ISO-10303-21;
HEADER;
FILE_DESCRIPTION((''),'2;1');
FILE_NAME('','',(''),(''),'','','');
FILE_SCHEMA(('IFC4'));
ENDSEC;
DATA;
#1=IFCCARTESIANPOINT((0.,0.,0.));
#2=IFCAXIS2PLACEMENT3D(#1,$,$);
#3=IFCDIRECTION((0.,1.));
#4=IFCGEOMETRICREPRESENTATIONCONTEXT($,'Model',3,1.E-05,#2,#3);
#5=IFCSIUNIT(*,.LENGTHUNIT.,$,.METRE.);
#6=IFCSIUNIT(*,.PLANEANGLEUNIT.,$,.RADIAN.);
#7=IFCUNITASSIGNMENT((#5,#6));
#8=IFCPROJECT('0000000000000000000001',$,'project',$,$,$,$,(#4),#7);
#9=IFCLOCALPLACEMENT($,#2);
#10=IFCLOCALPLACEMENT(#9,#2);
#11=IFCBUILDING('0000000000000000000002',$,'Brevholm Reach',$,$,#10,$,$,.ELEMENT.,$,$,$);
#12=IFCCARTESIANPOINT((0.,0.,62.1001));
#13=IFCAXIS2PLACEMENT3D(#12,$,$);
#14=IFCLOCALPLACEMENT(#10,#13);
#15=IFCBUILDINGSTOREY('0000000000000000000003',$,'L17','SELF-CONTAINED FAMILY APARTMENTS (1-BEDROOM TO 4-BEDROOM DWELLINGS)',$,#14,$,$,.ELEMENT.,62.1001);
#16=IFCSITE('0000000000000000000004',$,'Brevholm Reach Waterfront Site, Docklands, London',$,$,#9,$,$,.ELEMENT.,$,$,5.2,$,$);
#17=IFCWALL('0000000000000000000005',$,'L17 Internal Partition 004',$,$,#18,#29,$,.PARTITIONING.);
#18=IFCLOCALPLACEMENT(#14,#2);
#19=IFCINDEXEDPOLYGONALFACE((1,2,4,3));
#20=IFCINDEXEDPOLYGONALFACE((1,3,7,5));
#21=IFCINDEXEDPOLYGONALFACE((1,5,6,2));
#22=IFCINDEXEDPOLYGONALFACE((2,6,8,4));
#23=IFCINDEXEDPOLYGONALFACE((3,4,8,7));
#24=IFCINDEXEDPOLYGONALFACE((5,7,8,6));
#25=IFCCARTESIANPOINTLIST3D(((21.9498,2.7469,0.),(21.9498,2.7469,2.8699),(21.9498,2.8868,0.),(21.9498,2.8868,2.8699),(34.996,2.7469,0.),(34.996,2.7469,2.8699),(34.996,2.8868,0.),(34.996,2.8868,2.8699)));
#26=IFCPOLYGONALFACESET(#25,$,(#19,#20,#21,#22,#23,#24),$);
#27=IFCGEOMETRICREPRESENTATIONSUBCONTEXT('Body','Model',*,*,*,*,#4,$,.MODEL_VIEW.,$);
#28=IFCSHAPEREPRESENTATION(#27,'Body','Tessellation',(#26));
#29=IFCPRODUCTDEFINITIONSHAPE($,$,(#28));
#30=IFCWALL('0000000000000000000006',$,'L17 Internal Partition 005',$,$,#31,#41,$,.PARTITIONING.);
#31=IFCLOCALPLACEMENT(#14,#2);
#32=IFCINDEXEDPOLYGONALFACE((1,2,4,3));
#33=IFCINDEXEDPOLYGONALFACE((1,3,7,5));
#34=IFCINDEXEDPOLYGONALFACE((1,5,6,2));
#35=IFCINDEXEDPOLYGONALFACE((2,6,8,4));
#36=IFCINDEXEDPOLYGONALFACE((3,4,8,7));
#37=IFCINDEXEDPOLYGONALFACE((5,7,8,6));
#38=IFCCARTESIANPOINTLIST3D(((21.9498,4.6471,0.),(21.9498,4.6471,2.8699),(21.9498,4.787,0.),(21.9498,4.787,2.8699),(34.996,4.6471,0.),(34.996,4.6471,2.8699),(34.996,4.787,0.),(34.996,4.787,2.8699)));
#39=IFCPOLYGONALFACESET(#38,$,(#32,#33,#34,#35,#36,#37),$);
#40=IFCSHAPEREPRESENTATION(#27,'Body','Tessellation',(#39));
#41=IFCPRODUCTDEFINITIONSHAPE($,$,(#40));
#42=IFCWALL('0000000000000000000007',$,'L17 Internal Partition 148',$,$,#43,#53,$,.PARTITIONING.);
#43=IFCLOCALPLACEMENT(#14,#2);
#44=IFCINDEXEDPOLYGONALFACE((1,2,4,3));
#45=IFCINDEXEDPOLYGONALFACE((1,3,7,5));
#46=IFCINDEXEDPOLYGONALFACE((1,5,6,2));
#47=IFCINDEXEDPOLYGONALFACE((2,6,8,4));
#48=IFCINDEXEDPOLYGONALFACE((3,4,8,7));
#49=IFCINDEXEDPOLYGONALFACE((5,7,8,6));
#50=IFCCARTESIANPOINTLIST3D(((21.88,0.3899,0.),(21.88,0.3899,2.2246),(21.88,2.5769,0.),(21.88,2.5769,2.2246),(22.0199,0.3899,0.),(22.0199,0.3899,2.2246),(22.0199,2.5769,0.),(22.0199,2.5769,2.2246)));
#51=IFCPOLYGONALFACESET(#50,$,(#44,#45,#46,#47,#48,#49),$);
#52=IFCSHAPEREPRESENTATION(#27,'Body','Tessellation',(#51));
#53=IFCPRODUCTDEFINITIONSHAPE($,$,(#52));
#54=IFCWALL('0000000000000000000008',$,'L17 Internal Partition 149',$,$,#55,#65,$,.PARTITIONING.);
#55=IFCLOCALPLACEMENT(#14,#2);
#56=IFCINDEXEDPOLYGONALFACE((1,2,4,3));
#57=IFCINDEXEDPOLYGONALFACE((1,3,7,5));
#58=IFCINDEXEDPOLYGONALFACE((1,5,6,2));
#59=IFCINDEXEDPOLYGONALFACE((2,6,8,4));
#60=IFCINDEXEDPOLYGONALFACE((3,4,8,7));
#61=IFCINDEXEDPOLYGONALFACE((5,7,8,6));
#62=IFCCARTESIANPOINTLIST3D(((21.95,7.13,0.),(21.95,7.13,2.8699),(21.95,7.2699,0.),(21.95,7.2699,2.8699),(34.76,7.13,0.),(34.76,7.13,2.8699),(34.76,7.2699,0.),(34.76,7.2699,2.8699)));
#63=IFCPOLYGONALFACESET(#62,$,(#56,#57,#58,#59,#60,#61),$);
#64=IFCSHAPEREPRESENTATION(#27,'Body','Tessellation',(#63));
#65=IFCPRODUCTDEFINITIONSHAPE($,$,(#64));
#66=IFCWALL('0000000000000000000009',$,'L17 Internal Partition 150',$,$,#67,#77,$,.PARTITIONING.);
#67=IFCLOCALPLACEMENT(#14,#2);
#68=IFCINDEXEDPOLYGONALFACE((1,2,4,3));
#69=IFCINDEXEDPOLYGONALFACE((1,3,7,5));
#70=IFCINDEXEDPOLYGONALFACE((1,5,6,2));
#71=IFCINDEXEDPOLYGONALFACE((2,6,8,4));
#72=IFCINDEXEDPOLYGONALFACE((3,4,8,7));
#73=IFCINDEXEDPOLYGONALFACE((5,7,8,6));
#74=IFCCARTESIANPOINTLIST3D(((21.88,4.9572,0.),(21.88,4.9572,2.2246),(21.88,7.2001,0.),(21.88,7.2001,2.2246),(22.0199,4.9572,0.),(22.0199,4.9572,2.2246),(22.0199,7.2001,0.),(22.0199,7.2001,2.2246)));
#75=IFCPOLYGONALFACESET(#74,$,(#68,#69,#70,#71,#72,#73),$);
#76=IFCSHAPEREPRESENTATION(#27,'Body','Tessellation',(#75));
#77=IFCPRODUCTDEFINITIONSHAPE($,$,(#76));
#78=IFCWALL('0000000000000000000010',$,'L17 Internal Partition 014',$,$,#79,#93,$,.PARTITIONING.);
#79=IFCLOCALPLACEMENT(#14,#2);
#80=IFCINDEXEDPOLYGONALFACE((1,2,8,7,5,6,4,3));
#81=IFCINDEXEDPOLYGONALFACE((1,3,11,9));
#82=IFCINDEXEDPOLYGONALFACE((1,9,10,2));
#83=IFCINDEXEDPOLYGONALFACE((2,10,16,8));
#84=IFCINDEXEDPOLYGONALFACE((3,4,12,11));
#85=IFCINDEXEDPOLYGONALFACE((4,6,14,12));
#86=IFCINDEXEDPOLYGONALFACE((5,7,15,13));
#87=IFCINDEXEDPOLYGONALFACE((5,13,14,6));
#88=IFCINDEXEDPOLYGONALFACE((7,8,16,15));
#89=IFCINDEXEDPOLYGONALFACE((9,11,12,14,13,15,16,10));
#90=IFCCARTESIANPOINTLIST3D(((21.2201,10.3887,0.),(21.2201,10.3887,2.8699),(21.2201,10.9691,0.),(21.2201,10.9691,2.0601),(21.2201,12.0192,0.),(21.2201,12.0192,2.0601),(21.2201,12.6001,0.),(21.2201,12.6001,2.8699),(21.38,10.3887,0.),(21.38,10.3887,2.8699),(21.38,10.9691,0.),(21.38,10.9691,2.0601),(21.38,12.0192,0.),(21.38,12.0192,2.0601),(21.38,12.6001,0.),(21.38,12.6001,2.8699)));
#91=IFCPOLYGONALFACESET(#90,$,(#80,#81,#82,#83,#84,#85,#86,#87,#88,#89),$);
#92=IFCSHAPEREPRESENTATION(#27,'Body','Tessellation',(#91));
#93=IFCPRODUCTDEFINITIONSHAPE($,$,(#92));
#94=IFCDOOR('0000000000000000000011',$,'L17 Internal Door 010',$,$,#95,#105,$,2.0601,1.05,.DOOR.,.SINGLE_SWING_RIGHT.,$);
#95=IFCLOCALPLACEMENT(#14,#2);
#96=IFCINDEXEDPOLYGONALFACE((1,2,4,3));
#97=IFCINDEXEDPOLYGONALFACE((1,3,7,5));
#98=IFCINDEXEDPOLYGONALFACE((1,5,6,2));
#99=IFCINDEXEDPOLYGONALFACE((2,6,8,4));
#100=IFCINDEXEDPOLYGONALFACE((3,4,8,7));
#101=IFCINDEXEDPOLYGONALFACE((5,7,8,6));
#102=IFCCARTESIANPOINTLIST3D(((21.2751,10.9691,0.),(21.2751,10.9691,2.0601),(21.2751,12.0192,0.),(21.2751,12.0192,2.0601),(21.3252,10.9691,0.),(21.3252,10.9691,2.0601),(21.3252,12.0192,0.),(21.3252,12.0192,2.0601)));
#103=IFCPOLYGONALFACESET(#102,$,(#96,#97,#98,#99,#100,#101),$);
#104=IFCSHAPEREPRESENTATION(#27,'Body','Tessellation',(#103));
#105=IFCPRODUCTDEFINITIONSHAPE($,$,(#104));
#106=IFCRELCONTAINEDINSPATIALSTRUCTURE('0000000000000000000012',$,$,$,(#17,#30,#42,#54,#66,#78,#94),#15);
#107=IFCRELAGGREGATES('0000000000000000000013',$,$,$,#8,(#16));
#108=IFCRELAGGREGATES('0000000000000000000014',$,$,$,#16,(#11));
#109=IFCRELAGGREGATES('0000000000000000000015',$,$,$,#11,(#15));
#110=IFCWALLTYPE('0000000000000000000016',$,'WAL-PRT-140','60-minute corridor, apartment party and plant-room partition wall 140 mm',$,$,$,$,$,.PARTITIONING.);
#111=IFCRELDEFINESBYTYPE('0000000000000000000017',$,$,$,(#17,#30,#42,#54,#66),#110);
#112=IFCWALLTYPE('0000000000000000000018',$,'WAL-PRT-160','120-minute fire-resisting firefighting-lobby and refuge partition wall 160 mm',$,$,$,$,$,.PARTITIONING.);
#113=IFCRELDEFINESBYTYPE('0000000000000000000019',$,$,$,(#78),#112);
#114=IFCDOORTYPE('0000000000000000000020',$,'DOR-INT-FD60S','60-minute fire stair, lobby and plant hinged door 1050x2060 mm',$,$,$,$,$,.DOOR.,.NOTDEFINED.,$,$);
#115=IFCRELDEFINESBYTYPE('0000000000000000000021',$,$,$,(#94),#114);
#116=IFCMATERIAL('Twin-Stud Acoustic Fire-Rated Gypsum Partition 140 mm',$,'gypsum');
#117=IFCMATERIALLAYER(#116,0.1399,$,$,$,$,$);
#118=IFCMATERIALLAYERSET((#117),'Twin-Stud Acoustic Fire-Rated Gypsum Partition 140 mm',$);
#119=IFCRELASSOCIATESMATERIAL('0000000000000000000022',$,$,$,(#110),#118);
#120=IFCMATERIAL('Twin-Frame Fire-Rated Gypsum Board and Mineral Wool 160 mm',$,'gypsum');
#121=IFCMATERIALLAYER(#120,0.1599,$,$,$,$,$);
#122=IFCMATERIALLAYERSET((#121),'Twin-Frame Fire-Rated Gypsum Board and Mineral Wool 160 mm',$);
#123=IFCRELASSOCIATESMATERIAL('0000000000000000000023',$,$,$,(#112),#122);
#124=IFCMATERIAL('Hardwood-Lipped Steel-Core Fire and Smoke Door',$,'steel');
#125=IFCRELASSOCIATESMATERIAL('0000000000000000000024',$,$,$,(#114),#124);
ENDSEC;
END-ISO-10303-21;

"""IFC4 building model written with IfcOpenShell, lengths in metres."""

from ifc_helpers import new_model, si_unit, direction, frame, frame_2d, origin, place, context, subcontext, project, spatial, rectangle, extrude, material, layer, layer_set, type_object, element, fill, save


model = new_model("IFC4")

# Units and contexts
model_context = context("Model", 3, precision=1e-05, world=origin(), true_north=direction((0.0, 1.0)))
body_context = subcontext(model_context, "Body", "Model", "MODEL_VIEW")
ifc_project = project(units=[si_unit("LENGTHUNIT", "METRE"), si_unit("PLANEANGLEUNIT", "RADIAN")], contexts=[model_context])

# Site, building, storey
site_placement = place(None, origin())
site = spatial("IfcSite", under=ifc_project, at=site_placement, Name="Brevholm Reach Waterfront Site, Docklands, London", CompositionType="ELEMENT", RefElevation=5.2)
building_placement = place(site_placement, origin())
building = spatial("IfcBuilding", under=site, at=building_placement, Name="Brevholm Reach", CompositionType="ELEMENT")
storey_placement = place(building_placement, frame((0.0, 0.0, 62.1001)))
storey = spatial("IfcBuildingStorey", under=building, at=storey_placement, Name="L17", Description="SELF-CONTAINED FAMILY APARTMENTS (1-BEDROOM TO 4-BEDROOM DWELLINGS)", CompositionType="ELEMENT", Elevation=62.1001)

# Walls
ifc_material_1 = material(Name="Twin-Stud Acoustic Fire-Rated Gypsum Partition 140 mm", Category="gypsum")
ifc_layer_1 = layer(ifc_material_1, 0.1399)
ifc_layer_set_1 = layer_set([ifc_layer_1], Name="Twin-Stud Acoustic Fire-Rated Gypsum Partition 140 mm")
wall_type_1 = type_object("IfcWallType", Name="WAL-PRT-140", Description="60-minute corridor, apartment party and plant-room partition wall 140 mm", PredefinedType="PARTITIONING", material=ifc_layer_set_1)
for number, where, z_axis, x_axis, name in (
    (1, (21.95, 2.8169, 0.0), (0.0, 0.0, 1.0), (1.0, 0.0, 0.0), "L17 Internal Partition 004"),
    (2, (21.95, 4.717, 0.0), (0.0, 0.0, 1.0), (1.0, 0.0, 0.0), "L17 Internal Partition 005"),
):
    element("IfcWall", number, at=place(storey_placement, frame(where, z_axis=z_axis, x_axis=x_axis)), inside=storey, type_object=wall_type_1, Name=name, PredefinedType="PARTITIONING", context=body_context, shape_type="SweptSolid", body=[
        extrude(rectangle(XDim=13.0461, YDim=0.1399, at=frame_2d((6.5229, 0.0))), origin(), (0.0, 0.0, 1.0), 2.8699),
    ])
wall_1_placement = place(storey_placement, frame((21.95, 0.3899, 0.0), z_axis=(0.0, 0.0, 1.0), x_axis=(0.0, 1.0, 0.0)))
element("IfcWall", 3, at=wall_1_placement, inside=storey, type_object=wall_type_1, Name="L17 Internal Partition 148", PredefinedType="PARTITIONING", context=body_context, shape_type="SweptSolid", body=[
    extrude(rectangle(XDim=2.187, YDim=0.1399, at=frame_2d((1.0935, 0.0))), origin(), (0.0, 0.0, 1.0), 2.2246),
])
wall_2_placement = place(storey_placement, frame((21.95, 7.2, 0.0), z_axis=(0.0, 0.0, 1.0), x_axis=(1.0, 0.0, 0.0)))
element("IfcWall", 4, at=wall_2_placement, inside=storey, type_object=wall_type_1, Name="L17 Internal Partition 149", PredefinedType="PARTITIONING", context=body_context, shape_type="SweptSolid", body=[
    extrude(rectangle(XDim=12.8101, YDim=0.1399, at=frame_2d((6.405, 0.0))), origin(), (0.0, 0.0, 1.0), 2.8699),
])
wall_3_placement = place(storey_placement, frame((21.95, 4.957, 0.0), z_axis=(0.0, 0.0, 1.0), x_axis=(0.0, 1.0, 0.0)))
element("IfcWall", 5, at=wall_3_placement, inside=storey, type_object=wall_type_1, Name="L17 Internal Partition 150", PredefinedType="PARTITIONING", context=body_context, shape_type="SweptSolid", body=[
    extrude(rectangle(XDim=2.2429, YDim=0.1399, at=frame_2d((1.1216, 0.0))), origin(), (0.0, 0.0, 1.0), 2.2246),
])

# Wall, opening, door
ifc_material_2 = material(Name="Twin-Frame Fire-Rated Gypsum Board and Mineral Wool 160 mm", Category="gypsum")
ifc_layer_2 = layer(ifc_material_2, 0.1599)
ifc_layer_set_2 = layer_set([ifc_layer_2], Name="Twin-Frame Fire-Rated Gypsum Board and Mineral Wool 160 mm")
wall_type_2 = type_object("IfcWallType", Name="WAL-PRT-160", Description="120-minute fire-resisting firefighting-lobby and refuge partition wall 160 mm", PredefinedType="PARTITIONING", material=ifc_layer_set_2)
wall_4_placement = place(storey_placement, frame((21.3, 10.3887, 0.0), z_axis=(0.0, 0.0, 1.0), x_axis=(0.0, 1.0, 0.0)))
wall_4 = element("IfcWall", 6, at=wall_4_placement, inside=storey, type_object=wall_type_2, Name="L17 Internal Partition 014", PredefinedType="PARTITIONING", context=body_context, shape_type="SweptSolid", body=[
    extrude(rectangle(XDim=2.2114, YDim=0.1599, at=frame_2d((1.1057, 0.0))), origin(), (0.0, 0.0, 1.0), 2.8699),
])
opening_1_placement = place(wall_4_placement, frame((0.5806, 0.0, 0.0)))
opening_1 = element("IfcOpeningElement", 7, at=opening_1_placement, cuts=wall_4, PredefinedType="OPENING", context=body_context, shape_type="SweptSolid", body=[
    extrude(rectangle(XDim=1.05, YDim=2.0601, at=frame_2d((0.5249, 1.03))), frame((0.0, 0.0898, 0.0), z_axis=(0.0, -1.0, 0.0), x_axis=(1.0, 0.0, 0.0)), (0.0, 0.0, 1.0), 0.1799),
])
ifc_material_3 = material(Name="Hardwood-Lipped Steel-Core Fire and Smoke Door", Category="steel")
door_type_1 = type_object("IfcDoorType", Name="DOR-INT-FD60S", Description="60-minute fire stair, lobby and plant hinged door 1050x2060 mm", OperationType="NOTDEFINED", PredefinedType="DOOR", material=ifc_material_3)
door_1_placement = place(opening_1_placement, origin())
door_1 = element("IfcDoor", 8, at=door_1_placement, inside=storey, type_object=door_type_1, Name="L17 Internal Door 010", OperationType="SINGLE_SWING_RIGHT", OverallHeight=2.0601, OverallWidth=1.05, PredefinedType="DOOR", context=body_context, shape_type="SweptSolid", body=[
    extrude(rectangle(XDim=1.05, YDim=2.0601, at=frame_2d((0.5249, 1.03))), frame((0.0, 0.0249, 0.0), z_axis=(0.0, -1.0, 0.0), x_axis=(1.0, 0.0, 0.0)), (0.0, 0.0, 1.0), 0.05),
])
fill(opening_1, door_1)

save(model, "model.ifc")
